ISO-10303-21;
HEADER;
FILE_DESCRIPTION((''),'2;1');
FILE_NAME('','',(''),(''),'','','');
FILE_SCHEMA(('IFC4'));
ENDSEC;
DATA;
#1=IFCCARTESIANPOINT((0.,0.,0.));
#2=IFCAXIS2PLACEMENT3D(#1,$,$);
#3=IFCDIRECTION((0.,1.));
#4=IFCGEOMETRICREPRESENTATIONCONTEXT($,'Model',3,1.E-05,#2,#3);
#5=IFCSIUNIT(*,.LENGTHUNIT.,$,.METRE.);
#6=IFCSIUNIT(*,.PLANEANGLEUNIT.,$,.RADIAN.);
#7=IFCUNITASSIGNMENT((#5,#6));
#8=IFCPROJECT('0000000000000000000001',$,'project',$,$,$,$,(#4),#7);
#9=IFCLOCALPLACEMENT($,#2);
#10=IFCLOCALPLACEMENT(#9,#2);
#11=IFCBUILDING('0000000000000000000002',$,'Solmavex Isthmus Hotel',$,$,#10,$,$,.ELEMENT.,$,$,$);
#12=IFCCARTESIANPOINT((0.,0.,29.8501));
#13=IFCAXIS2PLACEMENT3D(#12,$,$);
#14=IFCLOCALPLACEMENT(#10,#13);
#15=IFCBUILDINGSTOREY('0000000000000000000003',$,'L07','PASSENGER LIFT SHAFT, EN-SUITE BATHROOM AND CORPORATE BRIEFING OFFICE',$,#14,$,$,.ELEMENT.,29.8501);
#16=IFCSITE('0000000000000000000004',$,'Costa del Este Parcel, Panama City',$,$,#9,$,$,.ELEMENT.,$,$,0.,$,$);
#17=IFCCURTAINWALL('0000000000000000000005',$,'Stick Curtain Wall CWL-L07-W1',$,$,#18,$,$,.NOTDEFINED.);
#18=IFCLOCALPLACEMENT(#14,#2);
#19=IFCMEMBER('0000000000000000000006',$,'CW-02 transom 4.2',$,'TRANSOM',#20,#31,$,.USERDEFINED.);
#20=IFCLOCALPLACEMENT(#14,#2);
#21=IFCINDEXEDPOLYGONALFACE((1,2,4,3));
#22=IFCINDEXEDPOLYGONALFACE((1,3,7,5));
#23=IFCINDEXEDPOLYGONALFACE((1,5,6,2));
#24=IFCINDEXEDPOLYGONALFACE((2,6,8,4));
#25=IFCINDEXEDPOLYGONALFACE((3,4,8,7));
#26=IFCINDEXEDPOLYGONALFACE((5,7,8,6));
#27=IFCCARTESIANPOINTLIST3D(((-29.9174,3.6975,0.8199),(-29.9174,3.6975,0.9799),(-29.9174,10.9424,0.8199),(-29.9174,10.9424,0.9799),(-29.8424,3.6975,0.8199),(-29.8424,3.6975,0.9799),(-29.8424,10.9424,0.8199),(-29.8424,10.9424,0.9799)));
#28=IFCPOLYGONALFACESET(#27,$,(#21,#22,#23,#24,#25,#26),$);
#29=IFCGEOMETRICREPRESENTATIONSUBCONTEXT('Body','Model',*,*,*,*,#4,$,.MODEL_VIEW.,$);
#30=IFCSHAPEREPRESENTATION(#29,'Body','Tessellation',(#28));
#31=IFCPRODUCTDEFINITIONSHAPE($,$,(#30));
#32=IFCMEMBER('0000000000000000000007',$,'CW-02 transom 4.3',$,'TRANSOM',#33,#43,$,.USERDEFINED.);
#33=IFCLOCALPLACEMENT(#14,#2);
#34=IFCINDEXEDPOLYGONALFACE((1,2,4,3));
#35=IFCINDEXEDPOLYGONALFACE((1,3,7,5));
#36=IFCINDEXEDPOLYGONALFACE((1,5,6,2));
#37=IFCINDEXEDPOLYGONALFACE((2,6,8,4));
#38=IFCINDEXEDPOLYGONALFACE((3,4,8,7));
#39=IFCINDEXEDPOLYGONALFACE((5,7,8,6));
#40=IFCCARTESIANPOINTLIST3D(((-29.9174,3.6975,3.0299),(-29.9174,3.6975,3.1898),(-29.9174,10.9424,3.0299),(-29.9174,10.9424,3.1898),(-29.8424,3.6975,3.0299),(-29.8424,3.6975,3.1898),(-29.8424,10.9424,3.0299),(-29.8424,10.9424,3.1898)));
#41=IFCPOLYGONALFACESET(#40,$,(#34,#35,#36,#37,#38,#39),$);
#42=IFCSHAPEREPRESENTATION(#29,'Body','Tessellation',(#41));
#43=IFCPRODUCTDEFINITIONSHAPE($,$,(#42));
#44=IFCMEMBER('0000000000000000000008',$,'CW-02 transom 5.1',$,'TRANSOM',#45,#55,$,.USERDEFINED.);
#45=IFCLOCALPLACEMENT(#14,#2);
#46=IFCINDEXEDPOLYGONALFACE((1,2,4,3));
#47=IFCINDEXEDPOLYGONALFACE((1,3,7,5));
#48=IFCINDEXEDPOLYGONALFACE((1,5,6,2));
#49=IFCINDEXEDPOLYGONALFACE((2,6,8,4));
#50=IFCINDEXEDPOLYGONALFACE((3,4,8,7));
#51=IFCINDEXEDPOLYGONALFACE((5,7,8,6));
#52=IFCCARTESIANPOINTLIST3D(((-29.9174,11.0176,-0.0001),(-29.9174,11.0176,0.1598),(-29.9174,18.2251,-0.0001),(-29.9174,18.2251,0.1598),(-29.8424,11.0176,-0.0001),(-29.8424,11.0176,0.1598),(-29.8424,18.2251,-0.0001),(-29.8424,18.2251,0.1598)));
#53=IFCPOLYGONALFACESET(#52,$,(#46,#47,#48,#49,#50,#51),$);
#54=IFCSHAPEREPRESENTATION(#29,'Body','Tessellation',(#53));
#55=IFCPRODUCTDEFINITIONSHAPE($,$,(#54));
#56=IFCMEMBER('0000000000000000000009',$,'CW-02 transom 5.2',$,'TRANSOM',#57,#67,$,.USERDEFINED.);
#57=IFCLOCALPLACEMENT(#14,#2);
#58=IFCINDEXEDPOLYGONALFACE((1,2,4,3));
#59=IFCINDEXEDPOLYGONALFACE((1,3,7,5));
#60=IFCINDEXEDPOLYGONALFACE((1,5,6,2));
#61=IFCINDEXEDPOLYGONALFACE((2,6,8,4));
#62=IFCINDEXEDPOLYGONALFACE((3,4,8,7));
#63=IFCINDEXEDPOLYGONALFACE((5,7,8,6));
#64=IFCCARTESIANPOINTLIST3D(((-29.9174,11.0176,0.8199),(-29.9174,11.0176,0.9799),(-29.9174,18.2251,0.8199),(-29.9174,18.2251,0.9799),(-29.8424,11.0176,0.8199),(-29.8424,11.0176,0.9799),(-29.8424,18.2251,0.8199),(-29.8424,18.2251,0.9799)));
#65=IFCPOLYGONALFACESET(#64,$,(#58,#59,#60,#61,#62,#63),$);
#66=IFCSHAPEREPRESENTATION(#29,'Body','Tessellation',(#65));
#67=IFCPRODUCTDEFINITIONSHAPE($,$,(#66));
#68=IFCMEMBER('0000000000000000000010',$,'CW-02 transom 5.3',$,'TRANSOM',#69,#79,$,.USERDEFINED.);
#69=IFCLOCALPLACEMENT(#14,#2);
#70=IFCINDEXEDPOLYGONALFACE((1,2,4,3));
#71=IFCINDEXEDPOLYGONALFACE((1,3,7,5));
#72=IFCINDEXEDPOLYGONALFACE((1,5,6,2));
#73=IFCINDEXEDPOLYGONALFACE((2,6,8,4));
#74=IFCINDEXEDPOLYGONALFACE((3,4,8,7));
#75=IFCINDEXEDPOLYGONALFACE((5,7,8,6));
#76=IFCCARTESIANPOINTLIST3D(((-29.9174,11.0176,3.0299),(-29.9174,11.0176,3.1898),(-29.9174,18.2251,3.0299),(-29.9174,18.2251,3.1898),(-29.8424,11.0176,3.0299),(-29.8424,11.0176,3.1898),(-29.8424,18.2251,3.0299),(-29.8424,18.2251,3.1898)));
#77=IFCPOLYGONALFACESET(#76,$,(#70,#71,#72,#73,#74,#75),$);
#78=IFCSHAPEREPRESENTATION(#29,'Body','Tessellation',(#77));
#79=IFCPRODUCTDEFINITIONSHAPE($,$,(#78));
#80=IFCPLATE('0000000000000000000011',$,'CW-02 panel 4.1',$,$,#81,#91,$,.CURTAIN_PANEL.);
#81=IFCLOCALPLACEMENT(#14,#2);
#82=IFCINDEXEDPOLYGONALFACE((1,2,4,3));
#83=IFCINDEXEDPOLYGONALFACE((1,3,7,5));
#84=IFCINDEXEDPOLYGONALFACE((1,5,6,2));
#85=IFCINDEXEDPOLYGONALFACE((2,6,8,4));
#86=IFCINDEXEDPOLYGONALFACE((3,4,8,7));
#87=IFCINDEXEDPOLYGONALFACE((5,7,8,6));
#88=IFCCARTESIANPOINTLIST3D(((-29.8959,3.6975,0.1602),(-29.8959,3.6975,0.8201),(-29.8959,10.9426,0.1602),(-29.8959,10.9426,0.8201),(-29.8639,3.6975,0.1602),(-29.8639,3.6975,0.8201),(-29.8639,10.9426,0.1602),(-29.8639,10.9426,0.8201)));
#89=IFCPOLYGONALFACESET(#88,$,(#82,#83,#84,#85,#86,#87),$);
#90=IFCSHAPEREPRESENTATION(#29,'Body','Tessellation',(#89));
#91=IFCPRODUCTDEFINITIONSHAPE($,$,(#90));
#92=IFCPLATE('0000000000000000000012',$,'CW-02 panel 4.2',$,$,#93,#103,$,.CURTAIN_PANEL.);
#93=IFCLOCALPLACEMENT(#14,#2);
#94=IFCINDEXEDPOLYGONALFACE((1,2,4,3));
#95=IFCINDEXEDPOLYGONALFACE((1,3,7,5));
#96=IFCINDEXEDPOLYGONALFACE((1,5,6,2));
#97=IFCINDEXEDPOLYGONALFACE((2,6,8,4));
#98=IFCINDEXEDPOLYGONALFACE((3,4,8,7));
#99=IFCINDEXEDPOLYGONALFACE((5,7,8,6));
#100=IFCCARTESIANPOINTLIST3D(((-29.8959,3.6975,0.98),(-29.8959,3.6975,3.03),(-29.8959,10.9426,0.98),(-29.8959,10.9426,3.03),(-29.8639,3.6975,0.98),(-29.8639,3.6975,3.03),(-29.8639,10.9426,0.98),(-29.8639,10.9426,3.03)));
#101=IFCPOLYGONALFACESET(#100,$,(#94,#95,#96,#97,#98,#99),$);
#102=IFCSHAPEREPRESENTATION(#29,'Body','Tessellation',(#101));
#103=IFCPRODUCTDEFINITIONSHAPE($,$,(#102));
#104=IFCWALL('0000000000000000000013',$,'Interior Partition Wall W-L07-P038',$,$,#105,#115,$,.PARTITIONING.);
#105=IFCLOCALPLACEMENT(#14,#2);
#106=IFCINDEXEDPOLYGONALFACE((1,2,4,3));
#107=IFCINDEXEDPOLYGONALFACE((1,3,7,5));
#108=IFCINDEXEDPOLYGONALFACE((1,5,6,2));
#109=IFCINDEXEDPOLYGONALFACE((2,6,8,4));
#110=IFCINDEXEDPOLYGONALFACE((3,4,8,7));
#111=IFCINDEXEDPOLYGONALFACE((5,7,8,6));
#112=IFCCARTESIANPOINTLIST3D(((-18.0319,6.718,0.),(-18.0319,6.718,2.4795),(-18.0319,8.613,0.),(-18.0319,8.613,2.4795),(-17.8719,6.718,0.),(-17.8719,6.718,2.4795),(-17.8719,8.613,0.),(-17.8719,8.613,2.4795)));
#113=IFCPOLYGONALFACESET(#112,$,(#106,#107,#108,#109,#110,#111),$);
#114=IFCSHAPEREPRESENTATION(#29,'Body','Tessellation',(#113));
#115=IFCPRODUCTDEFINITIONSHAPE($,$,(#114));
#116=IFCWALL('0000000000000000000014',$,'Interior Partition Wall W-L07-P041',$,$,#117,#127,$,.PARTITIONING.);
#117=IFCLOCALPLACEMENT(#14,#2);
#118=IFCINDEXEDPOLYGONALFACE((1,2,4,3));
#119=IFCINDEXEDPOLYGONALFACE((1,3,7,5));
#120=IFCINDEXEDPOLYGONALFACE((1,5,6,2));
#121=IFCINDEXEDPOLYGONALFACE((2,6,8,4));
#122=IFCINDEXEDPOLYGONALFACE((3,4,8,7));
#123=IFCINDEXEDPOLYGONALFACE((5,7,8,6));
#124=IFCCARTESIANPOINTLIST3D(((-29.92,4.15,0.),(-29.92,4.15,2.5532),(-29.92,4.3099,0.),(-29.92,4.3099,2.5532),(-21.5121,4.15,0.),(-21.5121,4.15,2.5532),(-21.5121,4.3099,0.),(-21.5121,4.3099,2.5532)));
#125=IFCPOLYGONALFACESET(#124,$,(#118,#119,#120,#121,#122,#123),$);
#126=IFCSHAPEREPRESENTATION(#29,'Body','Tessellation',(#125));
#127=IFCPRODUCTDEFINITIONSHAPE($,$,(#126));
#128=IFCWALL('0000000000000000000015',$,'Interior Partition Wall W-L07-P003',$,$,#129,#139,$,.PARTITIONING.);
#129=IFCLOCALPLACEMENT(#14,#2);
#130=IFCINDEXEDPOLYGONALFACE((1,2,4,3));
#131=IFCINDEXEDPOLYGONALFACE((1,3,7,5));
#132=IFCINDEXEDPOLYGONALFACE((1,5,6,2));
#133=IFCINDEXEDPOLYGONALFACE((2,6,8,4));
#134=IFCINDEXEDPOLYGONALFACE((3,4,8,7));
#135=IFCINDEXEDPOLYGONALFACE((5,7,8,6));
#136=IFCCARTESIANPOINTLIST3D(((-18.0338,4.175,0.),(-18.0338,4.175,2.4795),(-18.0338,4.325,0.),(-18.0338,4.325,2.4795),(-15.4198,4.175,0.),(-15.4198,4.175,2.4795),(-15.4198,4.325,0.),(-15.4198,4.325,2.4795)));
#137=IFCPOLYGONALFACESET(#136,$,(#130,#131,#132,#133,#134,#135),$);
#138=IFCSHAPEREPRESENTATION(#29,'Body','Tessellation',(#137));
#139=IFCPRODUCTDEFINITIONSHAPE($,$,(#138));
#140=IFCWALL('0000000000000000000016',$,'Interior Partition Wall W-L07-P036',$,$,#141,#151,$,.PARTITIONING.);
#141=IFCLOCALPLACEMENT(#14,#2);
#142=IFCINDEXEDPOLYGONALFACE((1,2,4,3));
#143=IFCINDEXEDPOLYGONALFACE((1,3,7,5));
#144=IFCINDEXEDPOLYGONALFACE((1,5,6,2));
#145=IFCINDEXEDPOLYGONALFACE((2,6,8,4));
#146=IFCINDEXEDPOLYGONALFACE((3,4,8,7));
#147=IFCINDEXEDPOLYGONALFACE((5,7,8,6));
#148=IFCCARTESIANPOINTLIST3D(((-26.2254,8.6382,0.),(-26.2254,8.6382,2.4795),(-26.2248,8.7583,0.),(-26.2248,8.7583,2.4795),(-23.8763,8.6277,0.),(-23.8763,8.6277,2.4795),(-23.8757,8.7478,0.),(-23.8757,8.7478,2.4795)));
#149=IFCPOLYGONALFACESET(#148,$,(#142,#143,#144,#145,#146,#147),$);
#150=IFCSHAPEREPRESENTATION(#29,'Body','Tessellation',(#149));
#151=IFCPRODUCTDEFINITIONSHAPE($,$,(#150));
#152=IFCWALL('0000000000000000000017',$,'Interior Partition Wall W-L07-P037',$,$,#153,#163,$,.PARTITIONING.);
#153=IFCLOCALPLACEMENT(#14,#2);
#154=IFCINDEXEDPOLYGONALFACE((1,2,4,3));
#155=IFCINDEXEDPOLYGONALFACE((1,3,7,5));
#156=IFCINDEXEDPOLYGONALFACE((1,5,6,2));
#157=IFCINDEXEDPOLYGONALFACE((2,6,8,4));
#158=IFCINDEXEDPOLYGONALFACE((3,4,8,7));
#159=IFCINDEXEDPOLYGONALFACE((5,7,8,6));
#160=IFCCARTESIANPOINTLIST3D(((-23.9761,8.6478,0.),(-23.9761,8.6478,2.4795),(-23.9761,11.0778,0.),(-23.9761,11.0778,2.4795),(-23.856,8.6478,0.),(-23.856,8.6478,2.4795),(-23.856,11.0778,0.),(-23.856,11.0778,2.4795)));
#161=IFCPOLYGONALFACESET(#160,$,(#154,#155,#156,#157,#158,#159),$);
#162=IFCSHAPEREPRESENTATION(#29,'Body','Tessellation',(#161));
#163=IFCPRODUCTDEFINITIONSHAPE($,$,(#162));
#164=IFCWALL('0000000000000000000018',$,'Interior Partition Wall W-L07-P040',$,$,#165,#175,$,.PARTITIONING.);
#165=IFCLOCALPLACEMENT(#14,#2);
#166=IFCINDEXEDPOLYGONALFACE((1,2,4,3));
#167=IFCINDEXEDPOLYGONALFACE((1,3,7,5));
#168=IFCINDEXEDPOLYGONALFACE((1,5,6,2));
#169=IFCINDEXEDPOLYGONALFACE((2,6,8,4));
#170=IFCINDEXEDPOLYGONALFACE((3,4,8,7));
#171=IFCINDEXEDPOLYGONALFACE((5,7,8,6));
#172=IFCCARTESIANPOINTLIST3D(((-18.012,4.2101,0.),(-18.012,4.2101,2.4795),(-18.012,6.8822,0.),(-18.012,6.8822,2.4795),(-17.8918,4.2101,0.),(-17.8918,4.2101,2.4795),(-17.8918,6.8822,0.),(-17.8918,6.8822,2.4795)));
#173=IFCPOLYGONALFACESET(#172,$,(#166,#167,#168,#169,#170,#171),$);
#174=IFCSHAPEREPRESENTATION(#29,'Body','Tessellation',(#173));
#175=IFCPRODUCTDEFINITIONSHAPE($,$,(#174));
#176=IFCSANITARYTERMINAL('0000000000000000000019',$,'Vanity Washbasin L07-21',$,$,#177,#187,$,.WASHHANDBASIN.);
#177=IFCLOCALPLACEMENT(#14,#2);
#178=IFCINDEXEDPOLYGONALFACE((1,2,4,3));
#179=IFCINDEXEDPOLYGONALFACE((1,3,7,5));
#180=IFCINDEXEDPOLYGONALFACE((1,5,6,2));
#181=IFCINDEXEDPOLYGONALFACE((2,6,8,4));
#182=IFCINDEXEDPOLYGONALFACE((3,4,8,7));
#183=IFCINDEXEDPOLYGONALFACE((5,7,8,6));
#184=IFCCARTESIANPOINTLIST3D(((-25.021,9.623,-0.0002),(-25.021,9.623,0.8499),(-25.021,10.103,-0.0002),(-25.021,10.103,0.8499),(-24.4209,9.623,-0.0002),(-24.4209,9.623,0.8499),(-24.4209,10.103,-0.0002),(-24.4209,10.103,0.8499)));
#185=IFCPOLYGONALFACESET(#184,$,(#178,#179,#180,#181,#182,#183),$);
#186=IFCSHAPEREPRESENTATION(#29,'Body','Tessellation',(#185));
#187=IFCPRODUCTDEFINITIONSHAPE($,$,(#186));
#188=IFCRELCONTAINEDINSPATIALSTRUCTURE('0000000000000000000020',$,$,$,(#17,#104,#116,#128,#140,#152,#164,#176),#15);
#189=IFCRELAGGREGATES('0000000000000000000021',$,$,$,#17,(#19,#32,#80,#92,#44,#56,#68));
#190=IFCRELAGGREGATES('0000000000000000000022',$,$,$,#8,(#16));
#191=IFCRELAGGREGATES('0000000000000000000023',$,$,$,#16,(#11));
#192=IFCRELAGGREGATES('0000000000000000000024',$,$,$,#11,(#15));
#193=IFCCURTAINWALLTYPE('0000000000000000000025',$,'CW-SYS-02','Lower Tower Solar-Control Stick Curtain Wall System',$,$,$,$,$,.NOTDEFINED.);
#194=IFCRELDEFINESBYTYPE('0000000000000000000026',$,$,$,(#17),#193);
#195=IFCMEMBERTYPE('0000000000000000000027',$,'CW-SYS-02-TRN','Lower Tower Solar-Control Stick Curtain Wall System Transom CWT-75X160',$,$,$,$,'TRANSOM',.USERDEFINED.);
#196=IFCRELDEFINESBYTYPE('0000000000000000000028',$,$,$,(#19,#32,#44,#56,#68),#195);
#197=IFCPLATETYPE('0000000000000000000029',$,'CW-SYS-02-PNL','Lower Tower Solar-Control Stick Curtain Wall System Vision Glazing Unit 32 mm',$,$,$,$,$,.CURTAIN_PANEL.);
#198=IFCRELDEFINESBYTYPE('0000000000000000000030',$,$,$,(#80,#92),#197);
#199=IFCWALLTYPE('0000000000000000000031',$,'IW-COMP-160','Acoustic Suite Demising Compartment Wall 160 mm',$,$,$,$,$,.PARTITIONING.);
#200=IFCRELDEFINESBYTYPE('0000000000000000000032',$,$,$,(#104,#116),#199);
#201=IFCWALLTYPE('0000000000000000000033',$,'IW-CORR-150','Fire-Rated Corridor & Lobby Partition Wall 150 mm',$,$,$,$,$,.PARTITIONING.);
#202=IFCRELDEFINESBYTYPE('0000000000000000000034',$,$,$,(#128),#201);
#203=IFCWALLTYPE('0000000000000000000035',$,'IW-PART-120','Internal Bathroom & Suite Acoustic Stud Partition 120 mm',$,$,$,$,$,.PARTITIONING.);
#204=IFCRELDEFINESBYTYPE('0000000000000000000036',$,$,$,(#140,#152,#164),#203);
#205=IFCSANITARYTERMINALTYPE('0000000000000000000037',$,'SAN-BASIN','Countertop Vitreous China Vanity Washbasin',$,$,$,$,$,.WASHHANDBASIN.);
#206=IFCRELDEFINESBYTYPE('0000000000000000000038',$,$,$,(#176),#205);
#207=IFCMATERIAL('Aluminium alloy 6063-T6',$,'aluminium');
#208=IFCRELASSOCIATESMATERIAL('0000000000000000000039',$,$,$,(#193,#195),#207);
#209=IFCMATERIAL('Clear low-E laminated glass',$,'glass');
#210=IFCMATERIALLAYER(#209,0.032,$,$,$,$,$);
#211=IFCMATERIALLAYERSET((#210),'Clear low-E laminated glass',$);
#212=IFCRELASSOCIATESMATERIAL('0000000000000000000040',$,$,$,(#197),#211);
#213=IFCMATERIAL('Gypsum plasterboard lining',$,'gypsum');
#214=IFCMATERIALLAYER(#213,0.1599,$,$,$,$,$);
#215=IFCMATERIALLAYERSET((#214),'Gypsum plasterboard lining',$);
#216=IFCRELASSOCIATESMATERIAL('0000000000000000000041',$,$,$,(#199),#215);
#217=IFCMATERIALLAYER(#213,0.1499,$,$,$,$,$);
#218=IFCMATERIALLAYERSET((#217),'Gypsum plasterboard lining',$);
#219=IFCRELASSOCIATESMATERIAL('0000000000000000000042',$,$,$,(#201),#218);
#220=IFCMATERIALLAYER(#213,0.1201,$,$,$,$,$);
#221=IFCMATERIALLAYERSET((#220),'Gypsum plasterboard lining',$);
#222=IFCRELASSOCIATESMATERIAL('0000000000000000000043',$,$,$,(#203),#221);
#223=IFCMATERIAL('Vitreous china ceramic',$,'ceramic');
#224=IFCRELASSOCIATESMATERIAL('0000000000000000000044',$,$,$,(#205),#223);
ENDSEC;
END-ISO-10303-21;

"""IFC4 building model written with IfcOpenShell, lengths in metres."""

from ifc_helpers import new_model, si_unit, direction, frame, frame_2d, origin, origin_2d, place, context, subcontext, project, spatial, rectangle, extrude, material, layer, layer_set, material_profile, profile_set, type_object, element, aggregate, save


model = new_model("IFC4")

# Units and contexts
model_context = context("Model", 3, precision=1e-05, world=origin(), true_north=direction((0.0, 1.0)))
body_context = subcontext(model_context, "Body", "Model", "MODEL_VIEW")
ifc_project = project(units=[si_unit("LENGTHUNIT", "METRE"), si_unit("PLANEANGLEUNIT", "RADIAN")], contexts=[model_context])

# Site, building, storey
site_placement = place(None, origin())
site = spatial("IfcSite", under=ifc_project, at=site_placement, Name="Costa del Este Parcel, Panama City", CompositionType="ELEMENT", RefElevation=0.0)
building_placement = place(site_placement, origin())
building = spatial("IfcBuilding", under=site, at=building_placement, Name="Solmavex Isthmus Hotel", CompositionType="ELEMENT")
storey_placement = place(building_placement, frame((0.0, 0.0, 29.8501)))
storey = spatial("IfcBuildingStorey", under=building, at=storey_placement, Name="L07", Description="PASSENGER LIFT SHAFT, EN-SUITE BATHROOM AND CORPORATE BRIEFING OFFICE", CompositionType="ELEMENT", Elevation=29.8501)

# Curtain wall, members, plates
ifc_material_1 = material(Name="Aluminium alloy 6063-T6", Category="aluminium")
curtain_wall_type = type_object("IfcCurtainWallType", Name="CW-SYS-02", Description="Lower Tower Solar-Control Stick Curtain Wall System", PredefinedType="NOTDEFINED", material=ifc_material_1)
curtain_wall_placement = place(storey_placement, origin())
curtain_wall = element("IfcCurtainWall", 1, at=curtain_wall_placement, inside=storey, type_object=curtain_wall_type, Name="Stick Curtain Wall CWL-L07-W1", PredefinedType="NOTDEFINED")
ifc_material_profile_1 = material_profile(ifc_material_1, rectangle(XDim=0.075, YDim=0.1599, at=origin_2d()), Name="CWT-75X160")
ifc_profile_set_1 = profile_set([ifc_material_profile_1], Name="Aluminium alloy 6063-T6")
member_type_1 = type_object("IfcMemberType", Name="CW-SYS-02-TRN", Description="Lower Tower Solar-Control Stick Curtain Wall System Transom CWT-75X160", ElementType="TRANSOM", PredefinedType="USERDEFINED", material=ifc_profile_set_1)
member_1_placement = place(storey_placement, frame((-29.8799, 3.6975, 0.8999), z_axis=(0.0, 1.0, 0.0), x_axis=(-1.0, 0.0, 0.0)))
member_1 = element("IfcMember", 2, at=member_1_placement, type_object=member_type_1, Name="CW-02 transom 4.2", ObjectType="TRANSOM", PredefinedType="USERDEFINED", context=body_context, shape_type="SweptSolid", body=[
    extrude(rectangle(XDim=0.075, YDim=0.1599, at=origin_2d()), origin(), (0.0, 0.0, 1.0), 7.2449),
])
member_2_placement = place(storey_placement, frame((-29.8799, 3.6975, 3.1099), z_axis=(0.0, 1.0, 0.0), x_axis=(-1.0, 0.0, 0.0)))
member_2 = element("IfcMember", 3, at=member_2_placement, type_object=member_type_1, Name="CW-02 transom 4.3", ObjectType="TRANSOM", PredefinedType="USERDEFINED", context=body_context, shape_type="SweptSolid", body=[
    extrude(rectangle(XDim=0.075, YDim=0.1599, at=origin_2d()), origin(), (0.0, 0.0, 1.0), 7.2449),
])
member_3_placement = place(storey_placement, frame((-29.8799, 11.0176, 0.0798), z_axis=(0.0, 1.0, 0.0), x_axis=(-1.0, 0.0, 0.0)))
member_3 = element("IfcMember", 4, at=member_3_placement, type_object=member_type_1, Name="CW-02 transom 5.1", ObjectType="TRANSOM", PredefinedType="USERDEFINED", context=body_context, shape_type="SweptSolid", body=[
    extrude(rectangle(XDim=0.075, YDim=0.1599, at=origin_2d()), origin(), (0.0, 0.0, 1.0), 7.2075),
])
member_4_placement = place(storey_placement, frame((-29.8799, 11.0176, 0.8999), z_axis=(0.0, 1.0, 0.0), x_axis=(-1.0, 0.0, 0.0)))
member_4 = element("IfcMember", 5, at=member_4_placement, type_object=member_type_1, Name="CW-02 transom 5.2", ObjectType="TRANSOM", PredefinedType="USERDEFINED", context=body_context, shape_type="SweptSolid", body=[
    extrude(rectangle(XDim=0.075, YDim=0.1599, at=origin_2d()), origin(), (0.0, 0.0, 1.0), 7.2075),
])
member_5_placement = place(storey_placement, frame((-29.8799, 11.0176, 3.1099), z_axis=(0.0, 1.0, 0.0), x_axis=(-1.0, 0.0, 0.0)))
member_5 = element("IfcMember", 6, at=member_5_placement, type_object=member_type_1, Name="CW-02 transom 5.3", ObjectType="TRANSOM", PredefinedType="USERDEFINED", context=body_context, shape_type="SweptSolid", body=[
    extrude(rectangle(XDim=0.075, YDim=0.1599, at=origin_2d()), origin(), (0.0, 0.0, 1.0), 7.2075),
])
ifc_material_2 = material(Name="Clear low-E laminated glass", Category="glass")
ifc_layer_1 = layer(ifc_material_2, 0.032)
ifc_layer_set_1 = layer_set([ifc_layer_1], Name="Clear low-E laminated glass")
plate_type = type_object("IfcPlateType", Name="CW-SYS-02-PNL", Description="Lower Tower Solar-Control Stick Curtain Wall System Vision Glazing Unit 32 mm", PredefinedType="CURTAIN_PANEL", material=ifc_layer_set_1)
plate_1_placement = place(storey_placement, frame((-29.8799, 7.3201, 0.1602), z_axis=(0.0, 0.0, 1.0), x_axis=(0.0, 1.0, 0.0)))
plate_1 = element("IfcPlate", 7, at=plate_1_placement, type_object=plate_type, Name="CW-02 panel 4.1", PredefinedType="CURTAIN_PANEL", context=body_context, shape_type="SweptSolid", body=[
    extrude(rectangle(XDim=7.2451, YDim=0.032, at=origin_2d()), origin(), (0.0, 0.0, 1.0), 0.6599),
])
plate_2_placement = place(storey_placement, frame((-29.8799, 7.3201, 0.98), z_axis=(0.0, 0.0, 1.0), x_axis=(0.0, 1.0, 0.0)))
plate_2 = element("IfcPlate", 8, at=plate_2_placement, type_object=plate_type, Name="CW-02 panel 4.2", PredefinedType="CURTAIN_PANEL", context=body_context, shape_type="SweptSolid", body=[
    extrude(rectangle(XDim=7.2451, YDim=0.032, at=origin_2d()), origin(), (0.0, 0.0, 1.0), 2.05),
])
aggregate(curtain_wall, [member_1, member_2, plate_1, plate_2, member_3, member_4, member_5])

# Walls
ifc_material_3 = material(Name="Gypsum plasterboard lining", Category="gypsum")
ifc_layer_2 = layer(ifc_material_3, 0.1599)
ifc_layer_set_2 = layer_set([ifc_layer_2], Name="Gypsum plasterboard lining")
wall_type_1 = type_object("IfcWallType", Name="IW-COMP-160", Description="Acoustic Suite Demising Compartment Wall 160 mm", PredefinedType="PARTITIONING", material=ifc_layer_set_2)
wall_1_placement = place(storey_placement, frame((-17.9519, 8.613, 0.0), z_axis=(0.0, 0.0, 1.0), x_axis=(0.0, -1.0, 0.0)))
element("IfcWall", 9, at=wall_1_placement, inside=storey, type_object=wall_type_1, Name="Interior Partition Wall W-L07-P038", PredefinedType="PARTITIONING", context=body_context, shape_type="SweptSolid", body=[
    extrude(rectangle(XDim=1.895, YDim=0.1599, at=frame_2d((0.9475, 0.0))), origin(), (0.0, 0.0, 1.0), 2.4795),
])
wall_2_placement = place(storey_placement, frame((-21.512, 4.23, 0.0), z_axis=(0.0, 0.0, 1.0), x_axis=(-1.0, 0.0, 0.0)))
element("IfcWall", 10, at=wall_2_placement, inside=storey, type_object=wall_type_1, Name="Interior Partition Wall W-L07-P041", PredefinedType="PARTITIONING", context=body_context, shape_type="SweptSolid", body=[
    extrude(rectangle(XDim=8.408, YDim=0.1599, at=frame_2d((4.2041, 0.0))), origin(), (0.0, 0.0, 1.0), 2.5532),
])

# Shared definitions
ifc_layer_3 = layer(ifc_material_3, 0.1499)
ifc_layer_set_3 = layer_set([ifc_layer_3], Name="Gypsum plasterboard lining")
wall_type_2 = type_object("IfcWallType", Name="IW-CORR-150", Description="Fire-Rated Corridor & Lobby Partition Wall 150 mm", PredefinedType="PARTITIONING", material=ifc_layer_set_3)

# Walls
wall_3_placement = place(storey_placement, frame((-18.0339, 4.25, 0.0), z_axis=(0.0, 0.0, 1.0), x_axis=(1.0, 0.0, 0.0)))
element("IfcWall", 11, at=wall_3_placement, inside=storey, type_object=wall_type_2, Name="Interior Partition Wall W-L07-P003", PredefinedType="PARTITIONING", context=body_context, shape_type="SweptSolid", body=[
    extrude(rectangle(XDim=2.614, YDim=0.1499, at=frame_2d((1.3071, 0.0))), origin(), (0.0, 0.0, 1.0), 2.4795),
])
ifc_layer_4 = layer(ifc_material_3, 0.1201)
ifc_layer_set_4 = layer_set([ifc_layer_4], Name="Gypsum plasterboard lining")
wall_type_3 = type_object("IfcWallType", Name="IW-PART-120", Description="Internal Bathroom & Suite Acoustic Stud Partition 120 mm", PredefinedType="PARTITIONING", material=ifc_layer_set_4)
wall_4_placement = place(storey_placement, frame((-26.2251, 8.6982, 0.0), z_axis=(0.0, 0.0, 1.0), x_axis=(0.99999, -0.004469, 0.0)))
element("IfcWall", 12, at=wall_4_placement, inside=storey, type_object=wall_type_3, Name="Interior Partition Wall W-L07-P036", PredefinedType="PARTITIONING", context=body_context, shape_type="SweptSolid", body=[
    extrude(rectangle(XDim=2.3491, YDim=0.1201, at=frame_2d((1.1746, 0.0))), origin(), (0.0, 0.0, 1.0), 2.4795),
])
wall_5_placement = place(storey_placement, frame((-23.916, 8.6479, 0.0), z_axis=(0.0, 0.0, 1.0), x_axis=(0.0, 1.0, 0.0)))
element("IfcWall", 13, at=wall_5_placement, inside=storey, type_object=wall_type_3, Name="Interior Partition Wall W-L07-P037", PredefinedType="PARTITIONING", context=body_context, shape_type="SweptSolid", body=[
    extrude(rectangle(XDim=2.4299, YDim=0.1201, at=frame_2d((1.2148, 0.0))), origin(), (0.0, 0.0, 1.0), 2.4795),
])
wall_6_placement = place(storey_placement, frame((-17.9519, 6.8821, 0.0), z_axis=(0.0, 0.0, 1.0), x_axis=(0.0, -1.0, 0.0)))
element("IfcWall", 14, at=wall_6_placement, inside=storey, type_object=wall_type_3, Name="Interior Partition Wall W-L07-P040", PredefinedType="PARTITIONING", context=body_context, shape_type="SweptSolid", body=[
    extrude(rectangle(XDim=2.6721, YDim=0.1201, at=frame_2d((1.3359, 0.0))), origin(), (0.0, 0.0, 1.0), 2.4795),
])

# Sanitary terminal
ifc_material_4 = material(Name="Vitreous china ceramic", Category="ceramic")
sanitary_terminal_type_1 = type_object("IfcSanitaryTerminalType", Name="SAN-BASIN", Description="Countertop Vitreous China Vanity Washbasin", PredefinedType="WASHHANDBASIN", material=ifc_material_4)
for number, where, z_axis, x_axis, name in (
    (15, (-24.7209, 9.863, -0.0002), (0.0, 0.0, 1.0), (1.0, 0.0, 0.0), "Vanity Washbasin L07-21"),
):
    element("IfcSanitaryTerminal", number, at=place(storey_placement, frame(where, z_axis=z_axis, x_axis=x_axis)), inside=storey, type_object=sanitary_terminal_type_1, Name=name, PredefinedType="WASHHANDBASIN", context=body_context, shape_type="SweptSolid", body=[
        extrude(rectangle(XDim=0.6001, YDim=0.48, at=origin_2d()), origin(), (0.0, 0.0, 1.0), 0.8501),
    ])

save(model, "model.ifc")
